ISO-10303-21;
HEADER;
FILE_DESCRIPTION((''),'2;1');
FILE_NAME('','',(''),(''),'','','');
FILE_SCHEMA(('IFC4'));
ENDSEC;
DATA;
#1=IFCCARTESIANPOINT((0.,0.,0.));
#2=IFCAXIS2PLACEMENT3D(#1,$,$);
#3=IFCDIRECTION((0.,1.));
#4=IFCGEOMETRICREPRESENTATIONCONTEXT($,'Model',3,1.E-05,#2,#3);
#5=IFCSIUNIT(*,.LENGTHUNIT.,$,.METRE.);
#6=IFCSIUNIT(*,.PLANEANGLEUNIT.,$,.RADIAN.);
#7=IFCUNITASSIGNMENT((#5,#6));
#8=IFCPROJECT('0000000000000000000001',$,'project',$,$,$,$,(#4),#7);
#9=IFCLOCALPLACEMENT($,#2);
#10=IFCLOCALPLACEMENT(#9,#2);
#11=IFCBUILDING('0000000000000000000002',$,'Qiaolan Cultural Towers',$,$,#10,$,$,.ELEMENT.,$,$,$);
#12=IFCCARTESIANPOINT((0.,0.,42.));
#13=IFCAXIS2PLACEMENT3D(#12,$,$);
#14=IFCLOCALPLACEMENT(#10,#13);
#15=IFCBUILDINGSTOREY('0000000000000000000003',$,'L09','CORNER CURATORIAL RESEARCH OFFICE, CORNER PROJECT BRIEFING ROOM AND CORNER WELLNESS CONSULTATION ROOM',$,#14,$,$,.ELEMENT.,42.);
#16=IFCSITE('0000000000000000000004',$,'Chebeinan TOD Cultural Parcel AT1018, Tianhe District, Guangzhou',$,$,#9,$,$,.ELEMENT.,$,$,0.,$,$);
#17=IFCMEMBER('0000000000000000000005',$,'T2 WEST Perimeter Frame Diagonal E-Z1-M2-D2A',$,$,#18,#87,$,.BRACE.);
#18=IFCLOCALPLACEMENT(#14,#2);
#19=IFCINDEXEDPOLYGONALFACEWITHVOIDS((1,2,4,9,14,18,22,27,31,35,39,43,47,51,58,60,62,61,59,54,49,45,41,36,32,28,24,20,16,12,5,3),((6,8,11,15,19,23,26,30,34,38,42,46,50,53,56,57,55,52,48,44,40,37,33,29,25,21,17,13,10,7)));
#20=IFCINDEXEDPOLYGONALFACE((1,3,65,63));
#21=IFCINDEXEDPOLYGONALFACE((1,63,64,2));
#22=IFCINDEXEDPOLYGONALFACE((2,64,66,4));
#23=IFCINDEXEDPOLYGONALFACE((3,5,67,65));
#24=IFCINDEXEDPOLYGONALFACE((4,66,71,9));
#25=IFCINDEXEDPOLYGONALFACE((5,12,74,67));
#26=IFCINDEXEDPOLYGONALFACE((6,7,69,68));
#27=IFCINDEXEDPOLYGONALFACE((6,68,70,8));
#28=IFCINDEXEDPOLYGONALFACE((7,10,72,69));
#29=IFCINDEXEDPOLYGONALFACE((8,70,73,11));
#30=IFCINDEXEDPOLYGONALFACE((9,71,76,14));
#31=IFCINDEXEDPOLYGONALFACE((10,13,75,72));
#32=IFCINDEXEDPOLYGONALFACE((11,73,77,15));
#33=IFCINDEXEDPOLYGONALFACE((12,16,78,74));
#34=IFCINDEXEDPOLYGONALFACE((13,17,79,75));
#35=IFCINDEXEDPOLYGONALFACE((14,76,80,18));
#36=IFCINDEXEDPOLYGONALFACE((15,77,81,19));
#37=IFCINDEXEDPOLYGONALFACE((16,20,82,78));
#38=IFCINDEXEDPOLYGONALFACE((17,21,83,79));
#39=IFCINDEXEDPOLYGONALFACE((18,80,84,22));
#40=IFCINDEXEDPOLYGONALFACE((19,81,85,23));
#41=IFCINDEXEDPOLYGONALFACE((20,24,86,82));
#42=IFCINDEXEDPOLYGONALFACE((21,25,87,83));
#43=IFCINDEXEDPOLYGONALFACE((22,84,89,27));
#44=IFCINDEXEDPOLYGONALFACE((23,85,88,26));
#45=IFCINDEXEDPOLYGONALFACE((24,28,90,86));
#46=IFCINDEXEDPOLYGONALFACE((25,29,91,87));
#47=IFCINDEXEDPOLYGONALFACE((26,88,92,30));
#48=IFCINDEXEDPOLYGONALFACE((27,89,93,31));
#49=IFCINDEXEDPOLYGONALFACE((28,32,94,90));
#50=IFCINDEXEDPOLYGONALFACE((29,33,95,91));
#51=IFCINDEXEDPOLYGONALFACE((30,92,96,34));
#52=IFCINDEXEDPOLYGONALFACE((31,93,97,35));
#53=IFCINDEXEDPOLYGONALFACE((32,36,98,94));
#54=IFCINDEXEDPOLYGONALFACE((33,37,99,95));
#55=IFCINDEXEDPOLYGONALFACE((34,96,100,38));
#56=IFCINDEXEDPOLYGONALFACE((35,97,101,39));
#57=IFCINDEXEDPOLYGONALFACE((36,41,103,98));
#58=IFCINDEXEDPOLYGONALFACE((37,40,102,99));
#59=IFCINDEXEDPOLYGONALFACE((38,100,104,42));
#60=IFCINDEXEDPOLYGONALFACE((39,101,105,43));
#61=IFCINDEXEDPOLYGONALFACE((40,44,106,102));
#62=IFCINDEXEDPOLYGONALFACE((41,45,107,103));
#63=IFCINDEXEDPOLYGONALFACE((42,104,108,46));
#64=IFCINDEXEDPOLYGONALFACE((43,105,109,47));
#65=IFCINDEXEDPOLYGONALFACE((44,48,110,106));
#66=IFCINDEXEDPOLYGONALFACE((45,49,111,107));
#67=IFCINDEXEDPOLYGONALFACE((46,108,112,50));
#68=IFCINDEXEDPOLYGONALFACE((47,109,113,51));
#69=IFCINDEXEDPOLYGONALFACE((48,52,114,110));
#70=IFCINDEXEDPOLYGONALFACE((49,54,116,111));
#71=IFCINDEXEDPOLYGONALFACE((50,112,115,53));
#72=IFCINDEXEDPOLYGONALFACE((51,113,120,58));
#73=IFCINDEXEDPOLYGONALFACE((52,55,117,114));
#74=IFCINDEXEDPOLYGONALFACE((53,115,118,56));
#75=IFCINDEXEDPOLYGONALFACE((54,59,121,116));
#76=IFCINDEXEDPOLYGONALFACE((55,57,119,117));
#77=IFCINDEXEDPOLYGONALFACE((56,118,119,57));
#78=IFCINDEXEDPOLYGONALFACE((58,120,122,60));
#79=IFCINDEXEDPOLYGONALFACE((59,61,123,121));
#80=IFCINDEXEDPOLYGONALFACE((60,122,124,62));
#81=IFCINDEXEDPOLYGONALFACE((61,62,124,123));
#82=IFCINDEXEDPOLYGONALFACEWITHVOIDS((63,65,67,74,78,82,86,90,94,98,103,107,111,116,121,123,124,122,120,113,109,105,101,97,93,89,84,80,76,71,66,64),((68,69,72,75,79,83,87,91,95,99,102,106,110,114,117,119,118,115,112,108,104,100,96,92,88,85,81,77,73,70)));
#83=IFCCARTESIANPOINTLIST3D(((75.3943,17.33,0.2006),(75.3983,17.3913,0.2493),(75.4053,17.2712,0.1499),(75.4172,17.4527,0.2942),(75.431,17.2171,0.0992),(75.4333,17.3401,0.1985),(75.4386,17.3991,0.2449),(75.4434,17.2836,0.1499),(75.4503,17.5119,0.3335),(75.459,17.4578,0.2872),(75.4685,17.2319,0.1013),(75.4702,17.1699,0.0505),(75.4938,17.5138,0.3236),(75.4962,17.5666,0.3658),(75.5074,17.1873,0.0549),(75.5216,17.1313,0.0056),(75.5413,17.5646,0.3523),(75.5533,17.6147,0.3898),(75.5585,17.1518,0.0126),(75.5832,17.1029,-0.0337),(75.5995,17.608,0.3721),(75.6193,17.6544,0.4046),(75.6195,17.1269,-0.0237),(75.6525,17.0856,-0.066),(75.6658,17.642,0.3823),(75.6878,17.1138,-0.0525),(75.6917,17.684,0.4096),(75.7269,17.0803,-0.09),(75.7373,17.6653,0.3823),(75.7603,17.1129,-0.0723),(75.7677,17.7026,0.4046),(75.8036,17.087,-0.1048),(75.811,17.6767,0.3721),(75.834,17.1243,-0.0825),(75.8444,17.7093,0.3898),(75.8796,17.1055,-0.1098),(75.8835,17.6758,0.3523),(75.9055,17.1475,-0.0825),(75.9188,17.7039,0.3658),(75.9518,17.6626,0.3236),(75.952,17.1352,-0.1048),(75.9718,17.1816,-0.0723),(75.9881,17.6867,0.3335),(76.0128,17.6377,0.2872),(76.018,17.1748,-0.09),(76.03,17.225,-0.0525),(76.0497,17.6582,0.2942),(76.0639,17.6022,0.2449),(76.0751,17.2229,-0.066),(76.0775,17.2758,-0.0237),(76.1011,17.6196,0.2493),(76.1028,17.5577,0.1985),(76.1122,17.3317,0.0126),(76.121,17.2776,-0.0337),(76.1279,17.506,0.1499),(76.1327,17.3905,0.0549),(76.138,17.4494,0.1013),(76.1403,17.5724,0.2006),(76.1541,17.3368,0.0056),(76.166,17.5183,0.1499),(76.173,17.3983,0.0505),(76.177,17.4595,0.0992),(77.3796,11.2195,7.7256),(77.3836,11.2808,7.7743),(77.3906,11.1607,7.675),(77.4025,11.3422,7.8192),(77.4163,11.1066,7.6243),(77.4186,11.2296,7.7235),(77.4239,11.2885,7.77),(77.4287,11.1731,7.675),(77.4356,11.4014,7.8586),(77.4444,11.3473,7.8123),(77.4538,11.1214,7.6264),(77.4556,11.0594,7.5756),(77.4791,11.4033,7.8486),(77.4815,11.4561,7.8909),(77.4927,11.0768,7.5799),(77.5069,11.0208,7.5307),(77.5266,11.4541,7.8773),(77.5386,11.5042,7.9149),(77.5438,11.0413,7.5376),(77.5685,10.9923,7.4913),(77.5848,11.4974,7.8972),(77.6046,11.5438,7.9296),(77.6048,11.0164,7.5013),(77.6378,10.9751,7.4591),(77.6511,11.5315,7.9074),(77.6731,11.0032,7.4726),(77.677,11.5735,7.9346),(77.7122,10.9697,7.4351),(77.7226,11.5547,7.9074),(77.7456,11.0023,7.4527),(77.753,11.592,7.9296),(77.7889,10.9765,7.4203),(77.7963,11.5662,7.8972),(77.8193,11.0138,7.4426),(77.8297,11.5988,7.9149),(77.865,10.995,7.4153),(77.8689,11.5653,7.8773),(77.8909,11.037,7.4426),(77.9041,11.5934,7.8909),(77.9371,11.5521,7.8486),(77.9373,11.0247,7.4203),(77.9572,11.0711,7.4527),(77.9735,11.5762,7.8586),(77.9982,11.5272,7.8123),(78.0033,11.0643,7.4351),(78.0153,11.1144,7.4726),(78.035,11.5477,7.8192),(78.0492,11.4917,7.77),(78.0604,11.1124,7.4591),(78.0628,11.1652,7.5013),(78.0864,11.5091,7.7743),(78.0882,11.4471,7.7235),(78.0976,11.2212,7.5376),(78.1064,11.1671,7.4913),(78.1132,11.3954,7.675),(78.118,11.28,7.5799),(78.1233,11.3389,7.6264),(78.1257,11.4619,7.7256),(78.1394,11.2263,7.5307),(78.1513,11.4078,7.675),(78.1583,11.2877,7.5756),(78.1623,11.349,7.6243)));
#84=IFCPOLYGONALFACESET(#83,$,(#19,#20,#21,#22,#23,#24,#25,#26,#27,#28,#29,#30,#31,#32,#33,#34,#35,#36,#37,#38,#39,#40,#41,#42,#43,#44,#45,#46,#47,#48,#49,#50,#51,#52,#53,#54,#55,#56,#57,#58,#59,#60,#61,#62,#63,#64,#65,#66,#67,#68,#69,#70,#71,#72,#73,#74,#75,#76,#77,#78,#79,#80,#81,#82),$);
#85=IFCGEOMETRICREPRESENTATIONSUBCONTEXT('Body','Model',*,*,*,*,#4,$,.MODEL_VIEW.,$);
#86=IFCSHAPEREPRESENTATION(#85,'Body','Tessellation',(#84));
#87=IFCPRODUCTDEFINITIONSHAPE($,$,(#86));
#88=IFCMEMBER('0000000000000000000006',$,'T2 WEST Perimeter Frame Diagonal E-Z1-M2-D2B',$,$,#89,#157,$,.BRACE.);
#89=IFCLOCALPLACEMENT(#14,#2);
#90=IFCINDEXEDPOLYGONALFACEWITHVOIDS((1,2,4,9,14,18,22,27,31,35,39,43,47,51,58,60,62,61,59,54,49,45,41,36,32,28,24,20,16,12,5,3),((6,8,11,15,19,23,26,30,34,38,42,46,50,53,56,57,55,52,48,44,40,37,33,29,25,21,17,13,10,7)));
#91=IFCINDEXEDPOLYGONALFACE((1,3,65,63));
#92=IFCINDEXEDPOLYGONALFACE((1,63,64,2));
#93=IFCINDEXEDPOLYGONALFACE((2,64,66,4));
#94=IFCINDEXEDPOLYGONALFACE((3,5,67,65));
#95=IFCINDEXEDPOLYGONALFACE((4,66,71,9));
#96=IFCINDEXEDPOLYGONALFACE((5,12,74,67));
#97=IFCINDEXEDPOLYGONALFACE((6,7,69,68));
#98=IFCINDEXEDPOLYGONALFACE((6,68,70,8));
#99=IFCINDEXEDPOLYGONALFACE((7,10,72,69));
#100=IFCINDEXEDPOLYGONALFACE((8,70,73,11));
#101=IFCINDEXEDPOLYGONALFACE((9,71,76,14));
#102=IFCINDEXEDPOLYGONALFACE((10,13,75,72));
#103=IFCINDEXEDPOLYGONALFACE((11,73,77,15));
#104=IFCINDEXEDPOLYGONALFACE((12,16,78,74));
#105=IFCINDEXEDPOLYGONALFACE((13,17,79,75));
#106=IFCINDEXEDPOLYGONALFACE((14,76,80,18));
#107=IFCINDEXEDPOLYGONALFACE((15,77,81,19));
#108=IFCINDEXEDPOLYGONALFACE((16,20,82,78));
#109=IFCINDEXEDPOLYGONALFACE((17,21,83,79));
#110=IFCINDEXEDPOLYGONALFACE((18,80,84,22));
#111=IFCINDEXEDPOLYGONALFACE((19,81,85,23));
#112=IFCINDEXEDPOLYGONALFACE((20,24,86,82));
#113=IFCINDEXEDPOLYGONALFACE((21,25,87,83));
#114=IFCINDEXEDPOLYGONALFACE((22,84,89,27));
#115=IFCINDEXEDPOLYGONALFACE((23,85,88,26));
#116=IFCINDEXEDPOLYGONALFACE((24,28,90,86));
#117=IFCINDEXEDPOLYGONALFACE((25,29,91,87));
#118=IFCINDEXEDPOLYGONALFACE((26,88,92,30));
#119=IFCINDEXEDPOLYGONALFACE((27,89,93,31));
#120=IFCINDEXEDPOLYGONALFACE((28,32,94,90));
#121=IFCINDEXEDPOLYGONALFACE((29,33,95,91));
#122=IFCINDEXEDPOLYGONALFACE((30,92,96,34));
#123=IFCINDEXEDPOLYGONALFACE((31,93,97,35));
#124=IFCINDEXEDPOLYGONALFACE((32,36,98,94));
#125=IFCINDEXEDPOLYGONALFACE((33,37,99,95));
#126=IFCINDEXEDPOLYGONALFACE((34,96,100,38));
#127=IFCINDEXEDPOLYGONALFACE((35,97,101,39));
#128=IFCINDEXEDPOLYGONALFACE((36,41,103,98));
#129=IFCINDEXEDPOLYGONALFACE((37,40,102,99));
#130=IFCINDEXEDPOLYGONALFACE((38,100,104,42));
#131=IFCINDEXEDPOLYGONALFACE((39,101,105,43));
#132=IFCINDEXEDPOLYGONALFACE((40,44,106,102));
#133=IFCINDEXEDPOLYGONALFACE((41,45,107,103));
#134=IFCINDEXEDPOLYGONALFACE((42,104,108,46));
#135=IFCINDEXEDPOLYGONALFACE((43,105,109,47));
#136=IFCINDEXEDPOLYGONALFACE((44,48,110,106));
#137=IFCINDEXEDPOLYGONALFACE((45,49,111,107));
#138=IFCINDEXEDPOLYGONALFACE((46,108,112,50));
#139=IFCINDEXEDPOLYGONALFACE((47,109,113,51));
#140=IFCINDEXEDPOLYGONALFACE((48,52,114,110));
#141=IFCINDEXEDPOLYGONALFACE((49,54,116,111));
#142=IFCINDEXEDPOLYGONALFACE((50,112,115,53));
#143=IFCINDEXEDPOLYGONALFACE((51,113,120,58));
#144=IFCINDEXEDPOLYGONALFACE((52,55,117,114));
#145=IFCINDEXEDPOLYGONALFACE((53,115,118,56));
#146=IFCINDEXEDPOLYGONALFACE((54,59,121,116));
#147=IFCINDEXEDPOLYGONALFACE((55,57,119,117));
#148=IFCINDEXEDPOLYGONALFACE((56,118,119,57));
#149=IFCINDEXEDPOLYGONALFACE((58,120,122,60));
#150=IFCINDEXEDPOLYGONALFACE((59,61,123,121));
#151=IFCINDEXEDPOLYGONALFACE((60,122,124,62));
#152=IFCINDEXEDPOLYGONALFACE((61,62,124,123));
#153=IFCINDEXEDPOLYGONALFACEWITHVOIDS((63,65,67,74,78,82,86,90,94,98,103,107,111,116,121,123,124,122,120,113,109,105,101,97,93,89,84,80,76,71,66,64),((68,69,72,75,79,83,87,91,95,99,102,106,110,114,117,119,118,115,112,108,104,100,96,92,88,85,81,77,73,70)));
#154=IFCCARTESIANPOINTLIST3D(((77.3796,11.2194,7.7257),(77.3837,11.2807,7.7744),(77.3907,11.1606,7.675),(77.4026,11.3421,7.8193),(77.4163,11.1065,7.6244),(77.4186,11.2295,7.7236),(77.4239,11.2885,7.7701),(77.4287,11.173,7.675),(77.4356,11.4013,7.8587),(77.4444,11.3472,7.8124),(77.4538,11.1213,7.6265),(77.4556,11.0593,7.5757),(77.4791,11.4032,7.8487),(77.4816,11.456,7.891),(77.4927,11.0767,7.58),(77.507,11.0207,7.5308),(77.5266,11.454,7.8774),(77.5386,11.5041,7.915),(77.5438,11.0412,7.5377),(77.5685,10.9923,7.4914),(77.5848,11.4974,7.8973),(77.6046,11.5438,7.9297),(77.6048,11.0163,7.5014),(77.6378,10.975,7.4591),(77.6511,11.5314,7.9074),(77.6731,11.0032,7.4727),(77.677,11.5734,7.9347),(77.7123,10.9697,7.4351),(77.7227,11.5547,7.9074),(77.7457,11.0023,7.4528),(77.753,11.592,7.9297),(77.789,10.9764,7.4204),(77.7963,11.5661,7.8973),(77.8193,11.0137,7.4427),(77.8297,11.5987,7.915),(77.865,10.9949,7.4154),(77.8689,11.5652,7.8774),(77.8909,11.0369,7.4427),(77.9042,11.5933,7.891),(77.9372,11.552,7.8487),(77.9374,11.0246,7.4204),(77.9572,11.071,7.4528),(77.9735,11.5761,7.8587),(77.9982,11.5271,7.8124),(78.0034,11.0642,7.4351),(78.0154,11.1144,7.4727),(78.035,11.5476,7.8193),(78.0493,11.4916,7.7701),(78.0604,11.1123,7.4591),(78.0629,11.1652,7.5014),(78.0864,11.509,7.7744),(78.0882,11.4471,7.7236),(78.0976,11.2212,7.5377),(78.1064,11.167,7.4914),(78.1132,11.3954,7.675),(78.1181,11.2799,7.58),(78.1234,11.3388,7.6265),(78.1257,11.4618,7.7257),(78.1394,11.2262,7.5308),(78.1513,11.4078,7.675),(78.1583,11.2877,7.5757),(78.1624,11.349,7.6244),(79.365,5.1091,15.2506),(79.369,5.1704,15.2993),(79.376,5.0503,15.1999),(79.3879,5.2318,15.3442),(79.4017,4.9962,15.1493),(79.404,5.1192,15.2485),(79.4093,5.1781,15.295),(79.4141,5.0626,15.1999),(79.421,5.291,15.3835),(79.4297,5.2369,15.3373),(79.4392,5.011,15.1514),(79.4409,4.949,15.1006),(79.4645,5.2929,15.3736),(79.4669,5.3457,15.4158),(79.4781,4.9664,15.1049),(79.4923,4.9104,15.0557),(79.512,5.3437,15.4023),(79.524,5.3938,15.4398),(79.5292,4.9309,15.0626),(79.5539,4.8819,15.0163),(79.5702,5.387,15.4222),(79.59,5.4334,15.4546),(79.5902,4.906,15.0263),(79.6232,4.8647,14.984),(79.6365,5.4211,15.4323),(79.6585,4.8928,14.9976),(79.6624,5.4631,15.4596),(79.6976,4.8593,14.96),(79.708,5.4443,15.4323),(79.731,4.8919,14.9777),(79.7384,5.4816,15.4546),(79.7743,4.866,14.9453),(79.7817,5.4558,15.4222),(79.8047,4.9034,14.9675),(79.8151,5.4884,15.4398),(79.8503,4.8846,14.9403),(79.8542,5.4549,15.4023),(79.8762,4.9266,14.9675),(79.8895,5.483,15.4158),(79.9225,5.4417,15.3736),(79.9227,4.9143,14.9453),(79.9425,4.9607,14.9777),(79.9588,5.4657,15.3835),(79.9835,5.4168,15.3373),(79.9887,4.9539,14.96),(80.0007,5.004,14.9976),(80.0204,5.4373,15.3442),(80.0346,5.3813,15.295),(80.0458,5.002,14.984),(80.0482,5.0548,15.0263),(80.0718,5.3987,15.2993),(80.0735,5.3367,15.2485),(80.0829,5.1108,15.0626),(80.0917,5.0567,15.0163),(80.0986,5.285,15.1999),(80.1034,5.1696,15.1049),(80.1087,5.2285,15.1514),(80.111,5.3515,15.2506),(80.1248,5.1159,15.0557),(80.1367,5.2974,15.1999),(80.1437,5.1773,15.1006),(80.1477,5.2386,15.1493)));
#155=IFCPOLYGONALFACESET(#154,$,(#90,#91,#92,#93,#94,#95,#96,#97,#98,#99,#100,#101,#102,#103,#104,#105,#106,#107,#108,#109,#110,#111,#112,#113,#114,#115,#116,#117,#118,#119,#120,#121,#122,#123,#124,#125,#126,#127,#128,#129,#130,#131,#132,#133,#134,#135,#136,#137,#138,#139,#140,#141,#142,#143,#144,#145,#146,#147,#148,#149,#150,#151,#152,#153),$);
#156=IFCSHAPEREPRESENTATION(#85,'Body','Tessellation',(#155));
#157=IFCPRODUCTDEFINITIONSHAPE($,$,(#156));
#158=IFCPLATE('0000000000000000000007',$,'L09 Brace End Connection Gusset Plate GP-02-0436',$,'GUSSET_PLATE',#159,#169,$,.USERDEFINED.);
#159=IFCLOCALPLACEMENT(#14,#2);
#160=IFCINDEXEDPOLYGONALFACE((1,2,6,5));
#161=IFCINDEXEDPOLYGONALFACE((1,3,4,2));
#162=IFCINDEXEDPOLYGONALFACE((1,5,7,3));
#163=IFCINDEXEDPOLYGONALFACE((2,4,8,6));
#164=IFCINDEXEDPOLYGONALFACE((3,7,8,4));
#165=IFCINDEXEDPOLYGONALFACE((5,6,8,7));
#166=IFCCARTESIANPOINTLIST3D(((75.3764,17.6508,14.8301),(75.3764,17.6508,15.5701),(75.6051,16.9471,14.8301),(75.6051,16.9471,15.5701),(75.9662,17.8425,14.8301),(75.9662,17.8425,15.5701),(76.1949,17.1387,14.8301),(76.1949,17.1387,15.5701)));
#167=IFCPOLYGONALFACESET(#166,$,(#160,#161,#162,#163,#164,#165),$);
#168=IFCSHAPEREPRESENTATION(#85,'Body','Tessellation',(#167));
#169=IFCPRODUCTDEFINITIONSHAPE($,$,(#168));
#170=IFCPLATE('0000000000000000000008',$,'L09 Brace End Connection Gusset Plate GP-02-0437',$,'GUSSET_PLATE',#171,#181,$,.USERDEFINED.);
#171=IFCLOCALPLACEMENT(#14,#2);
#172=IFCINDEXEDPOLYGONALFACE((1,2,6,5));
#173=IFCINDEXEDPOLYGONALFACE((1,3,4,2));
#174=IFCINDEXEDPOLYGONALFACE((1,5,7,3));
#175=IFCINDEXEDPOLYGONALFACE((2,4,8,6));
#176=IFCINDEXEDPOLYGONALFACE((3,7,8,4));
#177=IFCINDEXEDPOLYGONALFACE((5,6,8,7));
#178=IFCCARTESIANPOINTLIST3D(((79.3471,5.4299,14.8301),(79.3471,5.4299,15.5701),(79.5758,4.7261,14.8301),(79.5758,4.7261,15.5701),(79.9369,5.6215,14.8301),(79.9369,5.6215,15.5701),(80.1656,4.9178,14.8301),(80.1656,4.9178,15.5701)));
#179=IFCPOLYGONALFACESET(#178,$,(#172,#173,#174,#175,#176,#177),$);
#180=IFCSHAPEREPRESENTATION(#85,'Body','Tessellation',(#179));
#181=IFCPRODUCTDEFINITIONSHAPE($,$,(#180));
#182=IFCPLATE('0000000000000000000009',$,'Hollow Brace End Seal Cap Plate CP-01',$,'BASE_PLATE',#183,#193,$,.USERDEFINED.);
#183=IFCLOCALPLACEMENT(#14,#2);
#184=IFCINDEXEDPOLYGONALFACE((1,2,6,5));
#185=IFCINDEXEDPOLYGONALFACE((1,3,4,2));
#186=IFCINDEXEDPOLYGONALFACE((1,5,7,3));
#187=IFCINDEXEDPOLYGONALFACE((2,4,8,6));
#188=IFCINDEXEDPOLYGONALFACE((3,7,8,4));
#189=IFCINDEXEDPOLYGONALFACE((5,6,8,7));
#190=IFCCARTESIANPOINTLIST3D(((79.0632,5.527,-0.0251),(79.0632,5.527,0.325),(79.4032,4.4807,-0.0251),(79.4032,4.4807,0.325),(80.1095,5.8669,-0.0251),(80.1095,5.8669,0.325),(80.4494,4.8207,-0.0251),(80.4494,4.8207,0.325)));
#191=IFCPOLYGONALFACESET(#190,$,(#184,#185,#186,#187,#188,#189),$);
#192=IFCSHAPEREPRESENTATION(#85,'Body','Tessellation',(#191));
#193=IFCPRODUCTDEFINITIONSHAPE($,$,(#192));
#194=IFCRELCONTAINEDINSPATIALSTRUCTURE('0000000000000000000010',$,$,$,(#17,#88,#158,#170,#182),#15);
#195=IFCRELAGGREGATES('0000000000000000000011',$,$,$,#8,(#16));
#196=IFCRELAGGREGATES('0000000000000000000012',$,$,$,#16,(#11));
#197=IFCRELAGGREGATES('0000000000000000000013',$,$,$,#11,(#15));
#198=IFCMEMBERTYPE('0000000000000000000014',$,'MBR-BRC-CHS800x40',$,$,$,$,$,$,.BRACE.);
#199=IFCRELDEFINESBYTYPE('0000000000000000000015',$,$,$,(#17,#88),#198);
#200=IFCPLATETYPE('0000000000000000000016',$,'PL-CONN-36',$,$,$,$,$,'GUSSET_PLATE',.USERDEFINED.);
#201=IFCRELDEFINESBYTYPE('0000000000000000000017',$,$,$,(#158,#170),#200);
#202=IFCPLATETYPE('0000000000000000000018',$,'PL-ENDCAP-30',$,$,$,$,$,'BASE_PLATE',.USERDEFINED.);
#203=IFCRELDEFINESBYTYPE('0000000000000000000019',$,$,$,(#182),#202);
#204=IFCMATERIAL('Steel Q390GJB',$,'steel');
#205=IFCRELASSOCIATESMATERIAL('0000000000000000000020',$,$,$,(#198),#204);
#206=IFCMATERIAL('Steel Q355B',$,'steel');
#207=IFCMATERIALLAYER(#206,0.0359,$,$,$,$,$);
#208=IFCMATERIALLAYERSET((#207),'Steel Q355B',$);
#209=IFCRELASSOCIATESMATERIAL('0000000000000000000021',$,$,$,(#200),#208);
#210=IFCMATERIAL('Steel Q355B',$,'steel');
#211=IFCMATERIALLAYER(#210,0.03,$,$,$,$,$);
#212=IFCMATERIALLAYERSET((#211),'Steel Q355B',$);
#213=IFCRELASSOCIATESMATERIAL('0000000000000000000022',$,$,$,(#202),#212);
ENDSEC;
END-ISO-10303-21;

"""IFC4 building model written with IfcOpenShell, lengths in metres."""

from ifc_helpers import new_model, si_unit, direction, frame, origin, origin_2d, place, context, subcontext, project, spatial, rectangle, hollow_circle, extrude, material, layer, layer_set, material_profile, profile_set, type_object, element, save


model = new_model("IFC4")

# Units and contexts
model_context = context("Model", 3, precision=1e-05, world=origin(), true_north=direction((0.0, 1.0)))
body_context = subcontext(model_context, "Body", "Model", "MODEL_VIEW")
ifc_project = project(units=[si_unit("LENGTHUNIT", "METRE"), si_unit("PLANEANGLEUNIT", "RADIAN")], contexts=[model_context])

# Site, building, storey
site_placement = place(None, origin())
site = spatial("IfcSite", under=ifc_project, at=site_placement, Name="Chebeinan TOD Cultural Parcel AT1018, Tianhe District, Guangzhou", CompositionType="ELEMENT", RefElevation=0.0)
building_placement = place(site_placement, origin())
building = spatial("IfcBuilding", under=site, at=building_placement, Name="Qiaolan Cultural Towers", CompositionType="ELEMENT")
storey_placement = place(building_placement, frame((0.0, 0.0, 42.0)))
storey = spatial("IfcBuildingStorey", under=building, at=storey_placement, Name="L09", Description="CORNER CURATORIAL RESEARCH OFFICE, CORNER PROJECT BRIEFING ROOM AND CORNER WELLNESS CONSULTATION ROOM", CompositionType="ELEMENT", Elevation=42.0)

# Members
ifc_material_1 = material(Name="Steel Q390GJB", Category="steel")
ifc_material_profile_1 = material_profile(ifc_material_1, hollow_circle(Radius=0.3999, WallThickness=0.04, at=origin_2d()), Name="CHS800x40")
ifc_profile_set_1 = profile_set([ifc_material_profile_1], Name="Steel Q390GJB")
member_type = type_object("IfcMemberType", Name="MBR-BRC-CHS800x40", PredefinedType="BRACE", material=ifc_profile_set_1)
for number, where, z_axis, x_axis, name in (
    (1, (75.7856, 17.3948, 0.1499), (0.200644, -0.617551, 0.760508), (0.951061, 0.309003, 0.0), "T2 WEST Perimeter Frame Diagonal E-Z1-M2-D2A"),
):
    element("IfcMember", number, at=place(storey_placement, frame(where, z_axis=z_axis, x_axis=x_axis)), inside=storey, type_object=member_type, Name=name, PredefinedType="BRACE", context=body_context, shape_type="SweptSolid", body=[
        extrude(hollow_circle(Radius=0.3999, WallThickness=0.04, at=origin_2d()), origin(), (0.0, 0.0, 1.0), 9.8948),
    ])
member_placement = place(storey_placement, frame((77.771, 11.2842, 7.675), z_axis=(0.200651, -0.617547, 0.76051), x_axis=(0.951058, 0.309014, 0.0)))
element("IfcMember", 2, at=member_placement, inside=storey, type_object=member_type, Name="T2 WEST Perimeter Frame Diagonal E-Z1-M2-D2B", PredefinedType="BRACE", context=body_context, shape_type="SweptSolid", body=[
    extrude(hollow_circle(Radius=0.3999, WallThickness=0.04, at=origin_2d()), origin(), (0.0, 0.0, 1.0), 9.8945),
])

# Plates
ifc_material_2 = material(Name="Steel Q355B", Category="steel")
ifc_layer_1 = layer(ifc_material_2, 0.0359)
ifc_layer_set_1 = layer_set([ifc_layer_1], Name="Steel Q355B")
plate_type_1 = type_object("IfcPlateType", Name="PL-CONN-36", ElementType="GUSSET_PLATE", PredefinedType="USERDEFINED", material=ifc_layer_set_1)
for number, where, z_axis, x_axis, name in (
    (3, (75.7856, 17.3948, 14.8301), (0.0, 0.0, 1.0), (-0.309017, 0.951057, 0.0), "L09 Brace End Connection Gusset Plate GP-02-0436"),
    (4, (79.7563, 5.1738, 14.8301), (0.0, 0.0, 1.0), (-0.309017, 0.951057, 0.0), "L09 Brace End Connection Gusset Plate GP-02-0437"),
):
    element("IfcPlate", number, at=place(storey_placement, frame(where, z_axis=z_axis, x_axis=x_axis)), inside=storey, type_object=plate_type_1, Name=name, ObjectType="GUSSET_PLATE", PredefinedType="USERDEFINED", context=body_context, shape_type="SweptSolid", body=[
        extrude(rectangle(XDim=0.74, YDim=0.6201, at=origin_2d()), origin(), (0.0, 0.0, 1.0), 0.74),
    ])
ifc_material_3 = material(Name="Steel Q355B", Category="steel")
ifc_layer_2 = layer(ifc_material_3, 0.03)
ifc_layer_set_2 = layer_set([ifc_layer_2], Name="Steel Q355B")
plate_type_2 = type_object("IfcPlateType", Name="PL-ENDCAP-30", ElementType="BASE_PLATE", PredefinedType="USERDEFINED", material=ifc_layer_set_2)
for number, where, z_axis, x_axis, name in (
    (5, (79.7563, 5.1738, -0.0251), (0.0, 0.0, 1.0), (-0.309017, 0.951057, 0.0), "Hollow Brace End Seal Cap Plate CP-01"),
):
    element("IfcPlate", number, at=place(storey_placement, frame(where, z_axis=z_axis, x_axis=x_axis)), inside=storey, type_object=plate_type_2, Name=name, ObjectType="BASE_PLATE", PredefinedType="USERDEFINED", context=body_context, shape_type="SweptSolid", body=[
        extrude(rectangle(XDim=1.1001, YDim=1.1001, at=origin_2d()), origin(), (0.0, 0.0, 1.0), 0.3501),
    ])

save(model, "model.ifc")
